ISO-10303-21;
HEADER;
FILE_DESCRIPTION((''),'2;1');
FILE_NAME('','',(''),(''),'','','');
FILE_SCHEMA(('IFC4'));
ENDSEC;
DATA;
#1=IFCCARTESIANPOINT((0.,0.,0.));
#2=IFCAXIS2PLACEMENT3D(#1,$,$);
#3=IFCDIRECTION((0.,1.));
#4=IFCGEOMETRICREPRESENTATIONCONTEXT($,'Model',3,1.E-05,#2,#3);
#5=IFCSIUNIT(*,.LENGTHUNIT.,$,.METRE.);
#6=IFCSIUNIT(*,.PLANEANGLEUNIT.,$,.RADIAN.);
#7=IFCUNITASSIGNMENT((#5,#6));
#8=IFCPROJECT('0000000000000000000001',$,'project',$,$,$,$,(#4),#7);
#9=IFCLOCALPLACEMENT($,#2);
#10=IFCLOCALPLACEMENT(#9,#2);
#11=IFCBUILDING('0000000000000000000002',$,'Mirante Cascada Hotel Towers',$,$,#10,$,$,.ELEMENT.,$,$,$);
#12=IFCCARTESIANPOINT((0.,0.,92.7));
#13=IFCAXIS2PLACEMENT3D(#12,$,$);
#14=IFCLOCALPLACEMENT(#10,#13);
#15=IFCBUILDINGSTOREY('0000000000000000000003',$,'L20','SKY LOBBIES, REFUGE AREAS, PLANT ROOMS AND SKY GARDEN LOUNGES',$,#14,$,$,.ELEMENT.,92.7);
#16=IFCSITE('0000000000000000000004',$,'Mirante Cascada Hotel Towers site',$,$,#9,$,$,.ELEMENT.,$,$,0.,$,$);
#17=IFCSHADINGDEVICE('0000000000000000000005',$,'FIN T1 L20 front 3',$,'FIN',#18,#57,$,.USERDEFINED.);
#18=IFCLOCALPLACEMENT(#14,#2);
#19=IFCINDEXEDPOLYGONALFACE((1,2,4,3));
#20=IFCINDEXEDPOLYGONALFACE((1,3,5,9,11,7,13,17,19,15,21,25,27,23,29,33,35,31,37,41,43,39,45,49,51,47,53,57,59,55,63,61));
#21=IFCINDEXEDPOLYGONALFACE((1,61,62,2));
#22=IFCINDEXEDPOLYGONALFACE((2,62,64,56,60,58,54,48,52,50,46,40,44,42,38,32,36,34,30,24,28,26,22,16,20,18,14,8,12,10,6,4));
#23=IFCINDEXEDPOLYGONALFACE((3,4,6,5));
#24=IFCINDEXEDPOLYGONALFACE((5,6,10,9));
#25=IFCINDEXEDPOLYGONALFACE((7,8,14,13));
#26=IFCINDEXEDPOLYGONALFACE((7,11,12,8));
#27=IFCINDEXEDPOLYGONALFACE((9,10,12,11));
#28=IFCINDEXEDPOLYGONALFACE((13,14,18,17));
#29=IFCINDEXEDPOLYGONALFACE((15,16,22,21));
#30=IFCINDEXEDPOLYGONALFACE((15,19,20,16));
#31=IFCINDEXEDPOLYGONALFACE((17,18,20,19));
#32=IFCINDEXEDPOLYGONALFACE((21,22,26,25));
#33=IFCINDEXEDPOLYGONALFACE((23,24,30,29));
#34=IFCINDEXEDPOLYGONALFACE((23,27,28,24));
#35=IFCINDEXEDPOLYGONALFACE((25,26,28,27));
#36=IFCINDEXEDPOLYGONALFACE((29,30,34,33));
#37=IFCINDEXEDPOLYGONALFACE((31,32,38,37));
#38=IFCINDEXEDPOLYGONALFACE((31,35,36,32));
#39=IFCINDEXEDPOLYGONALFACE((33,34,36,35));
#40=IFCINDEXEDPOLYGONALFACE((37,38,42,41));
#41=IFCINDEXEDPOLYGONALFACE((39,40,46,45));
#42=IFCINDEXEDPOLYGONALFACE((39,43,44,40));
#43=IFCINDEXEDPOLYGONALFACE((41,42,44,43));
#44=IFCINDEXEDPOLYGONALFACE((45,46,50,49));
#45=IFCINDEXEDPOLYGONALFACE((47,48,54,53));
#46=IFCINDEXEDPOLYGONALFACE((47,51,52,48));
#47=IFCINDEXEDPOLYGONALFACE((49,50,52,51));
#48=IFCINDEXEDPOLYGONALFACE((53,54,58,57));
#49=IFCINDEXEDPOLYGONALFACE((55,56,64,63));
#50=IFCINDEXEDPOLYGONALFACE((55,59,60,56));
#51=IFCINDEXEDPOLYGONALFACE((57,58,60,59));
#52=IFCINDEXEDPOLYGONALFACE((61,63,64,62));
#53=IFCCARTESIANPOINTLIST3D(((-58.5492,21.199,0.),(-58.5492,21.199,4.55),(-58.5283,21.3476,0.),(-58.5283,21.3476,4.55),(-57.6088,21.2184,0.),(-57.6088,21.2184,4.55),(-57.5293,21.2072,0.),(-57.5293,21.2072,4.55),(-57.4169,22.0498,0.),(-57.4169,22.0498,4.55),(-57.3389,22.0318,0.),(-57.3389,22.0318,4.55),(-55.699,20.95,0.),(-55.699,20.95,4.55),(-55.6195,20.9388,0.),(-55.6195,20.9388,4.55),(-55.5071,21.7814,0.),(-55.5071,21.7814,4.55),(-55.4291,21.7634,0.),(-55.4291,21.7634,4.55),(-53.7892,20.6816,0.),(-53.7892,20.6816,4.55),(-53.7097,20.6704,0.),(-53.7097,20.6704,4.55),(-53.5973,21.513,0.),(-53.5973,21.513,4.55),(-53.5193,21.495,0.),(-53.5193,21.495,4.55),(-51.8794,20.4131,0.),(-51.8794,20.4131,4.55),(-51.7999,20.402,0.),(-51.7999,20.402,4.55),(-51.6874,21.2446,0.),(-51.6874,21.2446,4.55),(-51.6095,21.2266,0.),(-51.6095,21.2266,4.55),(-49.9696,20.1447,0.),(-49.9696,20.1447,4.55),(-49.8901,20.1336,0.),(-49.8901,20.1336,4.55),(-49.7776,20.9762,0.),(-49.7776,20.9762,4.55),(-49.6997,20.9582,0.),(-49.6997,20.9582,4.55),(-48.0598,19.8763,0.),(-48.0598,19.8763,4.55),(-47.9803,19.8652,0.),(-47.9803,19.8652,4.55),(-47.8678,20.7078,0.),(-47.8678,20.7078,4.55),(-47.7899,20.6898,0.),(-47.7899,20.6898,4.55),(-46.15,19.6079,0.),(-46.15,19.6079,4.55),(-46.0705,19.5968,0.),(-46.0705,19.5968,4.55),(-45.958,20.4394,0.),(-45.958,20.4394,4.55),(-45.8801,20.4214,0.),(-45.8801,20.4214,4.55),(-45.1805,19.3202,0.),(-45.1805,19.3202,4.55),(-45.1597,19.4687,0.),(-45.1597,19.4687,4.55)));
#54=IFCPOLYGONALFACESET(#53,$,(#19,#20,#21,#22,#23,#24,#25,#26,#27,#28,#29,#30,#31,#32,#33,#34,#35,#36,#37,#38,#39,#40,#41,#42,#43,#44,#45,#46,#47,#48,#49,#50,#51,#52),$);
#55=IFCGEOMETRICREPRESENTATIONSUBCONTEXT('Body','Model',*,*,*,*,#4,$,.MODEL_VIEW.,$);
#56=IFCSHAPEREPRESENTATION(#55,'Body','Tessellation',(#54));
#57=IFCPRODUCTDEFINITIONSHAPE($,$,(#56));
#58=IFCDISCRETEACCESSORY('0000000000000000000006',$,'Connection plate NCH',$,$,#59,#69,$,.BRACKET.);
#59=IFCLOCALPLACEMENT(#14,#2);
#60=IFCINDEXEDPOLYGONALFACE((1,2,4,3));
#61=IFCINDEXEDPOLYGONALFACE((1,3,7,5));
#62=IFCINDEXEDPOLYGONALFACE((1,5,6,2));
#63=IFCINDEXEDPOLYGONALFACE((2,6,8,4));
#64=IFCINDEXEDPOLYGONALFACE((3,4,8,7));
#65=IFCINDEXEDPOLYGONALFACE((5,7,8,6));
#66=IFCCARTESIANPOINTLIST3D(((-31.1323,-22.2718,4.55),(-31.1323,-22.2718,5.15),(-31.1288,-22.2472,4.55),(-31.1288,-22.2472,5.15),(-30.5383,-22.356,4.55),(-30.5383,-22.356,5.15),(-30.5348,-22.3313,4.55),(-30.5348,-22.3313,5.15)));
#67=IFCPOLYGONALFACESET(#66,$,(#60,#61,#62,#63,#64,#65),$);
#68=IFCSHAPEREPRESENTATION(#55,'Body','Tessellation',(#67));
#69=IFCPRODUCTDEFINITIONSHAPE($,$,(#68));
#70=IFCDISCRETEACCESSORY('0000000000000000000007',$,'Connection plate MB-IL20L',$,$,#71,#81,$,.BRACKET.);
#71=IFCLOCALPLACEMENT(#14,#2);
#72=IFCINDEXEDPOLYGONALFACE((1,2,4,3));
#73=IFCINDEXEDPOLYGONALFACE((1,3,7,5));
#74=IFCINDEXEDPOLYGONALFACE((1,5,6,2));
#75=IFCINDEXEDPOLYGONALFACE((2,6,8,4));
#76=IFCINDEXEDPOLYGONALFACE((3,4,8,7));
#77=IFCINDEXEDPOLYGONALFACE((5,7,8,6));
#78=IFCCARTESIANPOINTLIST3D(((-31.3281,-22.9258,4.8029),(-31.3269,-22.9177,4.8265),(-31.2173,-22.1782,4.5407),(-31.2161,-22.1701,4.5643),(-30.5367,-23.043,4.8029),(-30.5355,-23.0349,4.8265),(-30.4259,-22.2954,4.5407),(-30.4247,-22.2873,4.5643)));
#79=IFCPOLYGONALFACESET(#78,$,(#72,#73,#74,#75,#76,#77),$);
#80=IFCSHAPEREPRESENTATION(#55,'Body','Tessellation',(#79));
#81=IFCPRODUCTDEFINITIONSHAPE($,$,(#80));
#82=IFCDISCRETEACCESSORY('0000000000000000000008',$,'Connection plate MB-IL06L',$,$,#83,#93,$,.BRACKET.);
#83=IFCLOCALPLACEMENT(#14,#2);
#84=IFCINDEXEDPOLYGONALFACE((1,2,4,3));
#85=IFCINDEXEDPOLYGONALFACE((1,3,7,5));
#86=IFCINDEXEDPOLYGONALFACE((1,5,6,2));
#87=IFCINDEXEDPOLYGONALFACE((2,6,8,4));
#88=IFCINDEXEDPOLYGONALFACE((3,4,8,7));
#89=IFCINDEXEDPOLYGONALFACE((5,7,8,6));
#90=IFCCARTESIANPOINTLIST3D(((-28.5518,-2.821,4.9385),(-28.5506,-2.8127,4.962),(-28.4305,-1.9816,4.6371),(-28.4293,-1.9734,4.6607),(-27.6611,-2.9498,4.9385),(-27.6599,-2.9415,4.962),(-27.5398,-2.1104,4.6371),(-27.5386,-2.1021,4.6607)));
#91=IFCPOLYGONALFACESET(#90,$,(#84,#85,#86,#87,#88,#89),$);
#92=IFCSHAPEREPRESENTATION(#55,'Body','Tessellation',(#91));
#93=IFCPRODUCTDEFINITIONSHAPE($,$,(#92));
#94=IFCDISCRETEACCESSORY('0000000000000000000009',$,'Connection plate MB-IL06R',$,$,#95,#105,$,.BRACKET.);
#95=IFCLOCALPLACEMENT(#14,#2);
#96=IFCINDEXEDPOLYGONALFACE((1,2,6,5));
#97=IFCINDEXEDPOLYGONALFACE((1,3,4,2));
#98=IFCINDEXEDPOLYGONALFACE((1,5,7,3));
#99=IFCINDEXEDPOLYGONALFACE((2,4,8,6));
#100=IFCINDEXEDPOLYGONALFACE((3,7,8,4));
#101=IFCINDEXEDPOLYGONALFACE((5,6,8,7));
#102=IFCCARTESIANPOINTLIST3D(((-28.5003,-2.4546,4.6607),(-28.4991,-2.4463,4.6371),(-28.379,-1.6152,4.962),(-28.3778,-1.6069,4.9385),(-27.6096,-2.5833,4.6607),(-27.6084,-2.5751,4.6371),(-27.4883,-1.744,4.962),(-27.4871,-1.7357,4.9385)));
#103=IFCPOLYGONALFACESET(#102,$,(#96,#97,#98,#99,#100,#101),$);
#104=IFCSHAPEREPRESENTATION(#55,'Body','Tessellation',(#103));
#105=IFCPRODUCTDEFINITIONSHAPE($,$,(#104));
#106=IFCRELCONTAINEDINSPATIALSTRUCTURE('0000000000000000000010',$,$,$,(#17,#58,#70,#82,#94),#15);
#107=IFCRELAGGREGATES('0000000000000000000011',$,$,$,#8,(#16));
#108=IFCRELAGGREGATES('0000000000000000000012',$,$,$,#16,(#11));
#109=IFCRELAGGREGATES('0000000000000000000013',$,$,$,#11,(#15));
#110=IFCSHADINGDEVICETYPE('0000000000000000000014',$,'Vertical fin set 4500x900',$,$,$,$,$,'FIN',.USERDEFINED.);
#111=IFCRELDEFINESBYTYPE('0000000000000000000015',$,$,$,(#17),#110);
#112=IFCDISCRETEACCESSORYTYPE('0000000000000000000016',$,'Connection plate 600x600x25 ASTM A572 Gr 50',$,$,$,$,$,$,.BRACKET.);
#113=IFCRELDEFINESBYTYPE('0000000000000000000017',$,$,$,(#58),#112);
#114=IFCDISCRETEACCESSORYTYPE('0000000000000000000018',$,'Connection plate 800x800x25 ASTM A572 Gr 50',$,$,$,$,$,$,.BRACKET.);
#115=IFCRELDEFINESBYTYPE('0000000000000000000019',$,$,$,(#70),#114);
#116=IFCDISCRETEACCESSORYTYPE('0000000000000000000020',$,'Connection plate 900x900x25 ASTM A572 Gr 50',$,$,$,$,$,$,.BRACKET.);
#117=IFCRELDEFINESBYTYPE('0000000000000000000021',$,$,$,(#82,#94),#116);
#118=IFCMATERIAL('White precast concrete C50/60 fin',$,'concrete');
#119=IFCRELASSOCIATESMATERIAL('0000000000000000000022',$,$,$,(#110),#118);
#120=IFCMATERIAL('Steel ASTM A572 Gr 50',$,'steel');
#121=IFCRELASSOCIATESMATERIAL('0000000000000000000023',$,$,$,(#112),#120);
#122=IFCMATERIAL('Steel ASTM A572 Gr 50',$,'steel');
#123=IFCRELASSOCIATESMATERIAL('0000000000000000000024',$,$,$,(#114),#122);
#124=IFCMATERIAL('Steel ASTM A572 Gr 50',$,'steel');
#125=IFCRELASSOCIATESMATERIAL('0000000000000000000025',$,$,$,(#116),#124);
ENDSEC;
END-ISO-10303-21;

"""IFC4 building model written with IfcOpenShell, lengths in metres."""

from ifc_helpers import new_model, si_unit, direction, frame, origin, origin_2d, place, context, subcontext, project, spatial, polyline, rectangle, outline, extrude, material, material_profile, profile_set, type_object, element, save


model = new_model("IFC4")

# Units and contexts
model_context = context("Model", 3, precision=1e-05, world=origin(), true_north=direction((0.0, 1.0)))
body_context = subcontext(model_context, "Body", "Model", "MODEL_VIEW")
ifc_project = project(units=[si_unit("LENGTHUNIT", "METRE"), si_unit("PLANEANGLEUNIT", "RADIAN")], contexts=[model_context])

# Site, building, storey
site_placement = place(None, origin())
site = spatial("IfcSite", under=ifc_project, at=site_placement, Name="Mirante Cascada Hotel Towers site", CompositionType="ELEMENT", RefElevation=0.0)
building_placement = place(site_placement, origin())
building = spatial("IfcBuilding", under=site, at=building_placement, Name="Mirante Cascada Hotel Towers", CompositionType="ELEMENT")
storey_placement = place(building_placement, frame((0.0, 0.0, 92.7)))
storey = spatial("IfcBuildingStorey", under=building, at=storey_placement, Name="L20", Description="SKY LOBBIES, REFUGE AREAS, PLANT ROOMS AND SKY GARDEN LOUNGES", CompositionType="ELEMENT", Elevation=92.7)

# Shading device
ifc_material_1 = material(Name="White precast concrete C50/60 fin", Category="concrete")
shading_device_type = type_object("IfcShadingDeviceType", Name="Vertical fin set 4500x900", ElementType="FIN", PredefinedType="USERDEFINED", material=ifc_material_1)
shading_device_1_placement = place(storey_placement, origin())
element("IfcShadingDevice", 1, at=shading_device_1_placement, inside=storey, type_object=shading_device_type, Name="FIN T1 L20 front 3", ObjectType="FIN", PredefinedType="USERDEFINED", context=body_context, shape_type="SweptSolid", body=[
    extrude(outline(polyline([(-46.0705, 19.5968), (-45.1597, 19.4687), (-45.1805, 19.3202), (-58.5492, 21.199), (-58.5283, 21.3476), (-57.6088, 21.2184), (-57.4169, 22.0498), (-57.3389, 22.0318), (-57.5293, 21.2072), (-55.699, 20.95), (-55.5071, 21.7814), (-55.4291, 21.7634), (-55.6195, 20.9388), (-53.7892, 20.6816), (-53.5973, 21.513), (-53.5193, 21.495), (-53.7097, 20.6704), (-51.8794, 20.4131), (-51.6874, 21.2446), (-51.6095, 21.2266), (-51.7999, 20.402), (-49.9696, 20.1447), (-49.7776, 20.9762), (-49.6997, 20.9582), (-49.8901, 20.1336), (-48.0598, 19.8763), (-47.8678, 20.7078), (-47.7899, 20.6898), (-47.9803, 19.8652), (-46.15, 19.6079), (-45.958, 20.4394), (-45.8801, 20.4214), (-46.0705, 19.5968)])), origin(), (0.0, 0.0, 1.0), 4.55),
])

# Discrete accessories
ifc_material_2 = material(Name="Steel ASTM A572 Gr 50", Category="steel")
ifc_material_profile_1 = material_profile(ifc_material_2, rectangle(XDim=0.6, YDim=0.6, at=origin_2d()), Name="Connection plate 600x600x25 ASTM A572 Gr 50")
ifc_profile_set_1 = profile_set([ifc_material_profile_1], Name="Steel ASTM A572 Gr 50")
discrete_accessory_type_1 = type_object("IfcDiscreteAccessoryType", Name="Connection plate 600x600x25 ASTM A572 Gr 50", PredefinedType="BRACKET", material=ifc_profile_set_1)
discrete_accessory_1_placement = place(storey_placement, frame((-30.8353, -22.3139, 4.85), z_axis=(0.140299, 0.990109, 0.0), x_axis=(-0.990109, 0.140299, 0.0)))
element("IfcDiscreteAccessory", 2, at=discrete_accessory_1_placement, inside=storey, type_object=discrete_accessory_type_1, Name="Connection plate NCH", PredefinedType="BRACKET", context=body_context, shape_type="SweptSolid", body=[
    extrude(rectangle(XDim=0.6, YDim=0.6, at=origin_2d()), origin(), (0.0, 0.0, 1.0), 0.0249),
])
ifc_material_3 = material(Name="Steel ASTM A572 Gr 50", Category="steel")
ifc_material_profile_2 = material_profile(ifc_material_3, rectangle(XDim=0.8, YDim=0.8, at=origin_2d()), Name="Connection plate 800x800x25 ASTM A572 Gr 50")
ifc_profile_set_2 = profile_set([ifc_material_profile_2], Name="Steel ASTM A572 Gr 50")
discrete_accessory_type_2 = type_object("IfcDiscreteAccessoryType", Name="Connection plate 800x800x25 ASTM A572 Gr 50", PredefinedType="BRACKET", material=ifc_profile_set_2)
discrete_accessory_2_placement = place(storey_placement, frame((-30.877, -22.6106, 4.6718), z_axis=(0.048038, 0.324257, 0.944748), x_axis=(-0.989204, 0.146549, 0.0)))
element("IfcDiscreteAccessory", 3, at=discrete_accessory_2_placement, inside=storey, type_object=discrete_accessory_type_2, Name="Connection plate MB-IL20L", PredefinedType="BRACKET", context=body_context, shape_type="SweptSolid", body=[
    extrude(rectangle(XDim=0.8, YDim=0.8, at=origin_2d()), origin(), (0.0, 0.0, 1.0), 0.025),
])
ifc_material_4 = material(Name="Steel ASTM A572 Gr 50", Category="steel")
ifc_material_profile_3 = material_profile(ifc_material_4, rectangle(XDim=0.9, YDim=0.9, at=origin_2d()), Name="Connection plate 900x900x25 ASTM A572 Gr 50")
ifc_profile_set_3 = profile_set([ifc_material_profile_3], Name="Steel ASTM A572 Gr 50")
discrete_accessory_type_3 = type_object("IfcDiscreteAccessoryType", Name="Connection plate 900x900x25 ASTM A572 Gr 50", PredefinedType="BRACKET", material=ifc_profile_set_3)
for number, where, z_axis, x_axis, name in (
    (4, (-28.0458, -2.4657, 4.7878), (0.047912, 0.331393, 0.942275), (-0.98971, 0.143091, 0.0), "Connection plate MB-IL06L"),
    (5, (-27.9931, -2.091, 4.7878), (-0.047912, -0.331393, 0.942275), (0.98971, -0.143091, 0.0), "Connection plate MB-IL06R"),
):
    element("IfcDiscreteAccessory", number, at=place(storey_placement, frame(where, z_axis=z_axis, x_axis=x_axis)), inside=storey, type_object=discrete_accessory_type_3, Name=name, PredefinedType="BRACKET", context=body_context, shape_type="SweptSolid", body=[
        extrude(rectangle(XDim=0.9, YDim=0.9, at=origin_2d()), origin(), (0.0, 0.0, 1.0), 0.025),
    ])

save(model, "model.ifc")
